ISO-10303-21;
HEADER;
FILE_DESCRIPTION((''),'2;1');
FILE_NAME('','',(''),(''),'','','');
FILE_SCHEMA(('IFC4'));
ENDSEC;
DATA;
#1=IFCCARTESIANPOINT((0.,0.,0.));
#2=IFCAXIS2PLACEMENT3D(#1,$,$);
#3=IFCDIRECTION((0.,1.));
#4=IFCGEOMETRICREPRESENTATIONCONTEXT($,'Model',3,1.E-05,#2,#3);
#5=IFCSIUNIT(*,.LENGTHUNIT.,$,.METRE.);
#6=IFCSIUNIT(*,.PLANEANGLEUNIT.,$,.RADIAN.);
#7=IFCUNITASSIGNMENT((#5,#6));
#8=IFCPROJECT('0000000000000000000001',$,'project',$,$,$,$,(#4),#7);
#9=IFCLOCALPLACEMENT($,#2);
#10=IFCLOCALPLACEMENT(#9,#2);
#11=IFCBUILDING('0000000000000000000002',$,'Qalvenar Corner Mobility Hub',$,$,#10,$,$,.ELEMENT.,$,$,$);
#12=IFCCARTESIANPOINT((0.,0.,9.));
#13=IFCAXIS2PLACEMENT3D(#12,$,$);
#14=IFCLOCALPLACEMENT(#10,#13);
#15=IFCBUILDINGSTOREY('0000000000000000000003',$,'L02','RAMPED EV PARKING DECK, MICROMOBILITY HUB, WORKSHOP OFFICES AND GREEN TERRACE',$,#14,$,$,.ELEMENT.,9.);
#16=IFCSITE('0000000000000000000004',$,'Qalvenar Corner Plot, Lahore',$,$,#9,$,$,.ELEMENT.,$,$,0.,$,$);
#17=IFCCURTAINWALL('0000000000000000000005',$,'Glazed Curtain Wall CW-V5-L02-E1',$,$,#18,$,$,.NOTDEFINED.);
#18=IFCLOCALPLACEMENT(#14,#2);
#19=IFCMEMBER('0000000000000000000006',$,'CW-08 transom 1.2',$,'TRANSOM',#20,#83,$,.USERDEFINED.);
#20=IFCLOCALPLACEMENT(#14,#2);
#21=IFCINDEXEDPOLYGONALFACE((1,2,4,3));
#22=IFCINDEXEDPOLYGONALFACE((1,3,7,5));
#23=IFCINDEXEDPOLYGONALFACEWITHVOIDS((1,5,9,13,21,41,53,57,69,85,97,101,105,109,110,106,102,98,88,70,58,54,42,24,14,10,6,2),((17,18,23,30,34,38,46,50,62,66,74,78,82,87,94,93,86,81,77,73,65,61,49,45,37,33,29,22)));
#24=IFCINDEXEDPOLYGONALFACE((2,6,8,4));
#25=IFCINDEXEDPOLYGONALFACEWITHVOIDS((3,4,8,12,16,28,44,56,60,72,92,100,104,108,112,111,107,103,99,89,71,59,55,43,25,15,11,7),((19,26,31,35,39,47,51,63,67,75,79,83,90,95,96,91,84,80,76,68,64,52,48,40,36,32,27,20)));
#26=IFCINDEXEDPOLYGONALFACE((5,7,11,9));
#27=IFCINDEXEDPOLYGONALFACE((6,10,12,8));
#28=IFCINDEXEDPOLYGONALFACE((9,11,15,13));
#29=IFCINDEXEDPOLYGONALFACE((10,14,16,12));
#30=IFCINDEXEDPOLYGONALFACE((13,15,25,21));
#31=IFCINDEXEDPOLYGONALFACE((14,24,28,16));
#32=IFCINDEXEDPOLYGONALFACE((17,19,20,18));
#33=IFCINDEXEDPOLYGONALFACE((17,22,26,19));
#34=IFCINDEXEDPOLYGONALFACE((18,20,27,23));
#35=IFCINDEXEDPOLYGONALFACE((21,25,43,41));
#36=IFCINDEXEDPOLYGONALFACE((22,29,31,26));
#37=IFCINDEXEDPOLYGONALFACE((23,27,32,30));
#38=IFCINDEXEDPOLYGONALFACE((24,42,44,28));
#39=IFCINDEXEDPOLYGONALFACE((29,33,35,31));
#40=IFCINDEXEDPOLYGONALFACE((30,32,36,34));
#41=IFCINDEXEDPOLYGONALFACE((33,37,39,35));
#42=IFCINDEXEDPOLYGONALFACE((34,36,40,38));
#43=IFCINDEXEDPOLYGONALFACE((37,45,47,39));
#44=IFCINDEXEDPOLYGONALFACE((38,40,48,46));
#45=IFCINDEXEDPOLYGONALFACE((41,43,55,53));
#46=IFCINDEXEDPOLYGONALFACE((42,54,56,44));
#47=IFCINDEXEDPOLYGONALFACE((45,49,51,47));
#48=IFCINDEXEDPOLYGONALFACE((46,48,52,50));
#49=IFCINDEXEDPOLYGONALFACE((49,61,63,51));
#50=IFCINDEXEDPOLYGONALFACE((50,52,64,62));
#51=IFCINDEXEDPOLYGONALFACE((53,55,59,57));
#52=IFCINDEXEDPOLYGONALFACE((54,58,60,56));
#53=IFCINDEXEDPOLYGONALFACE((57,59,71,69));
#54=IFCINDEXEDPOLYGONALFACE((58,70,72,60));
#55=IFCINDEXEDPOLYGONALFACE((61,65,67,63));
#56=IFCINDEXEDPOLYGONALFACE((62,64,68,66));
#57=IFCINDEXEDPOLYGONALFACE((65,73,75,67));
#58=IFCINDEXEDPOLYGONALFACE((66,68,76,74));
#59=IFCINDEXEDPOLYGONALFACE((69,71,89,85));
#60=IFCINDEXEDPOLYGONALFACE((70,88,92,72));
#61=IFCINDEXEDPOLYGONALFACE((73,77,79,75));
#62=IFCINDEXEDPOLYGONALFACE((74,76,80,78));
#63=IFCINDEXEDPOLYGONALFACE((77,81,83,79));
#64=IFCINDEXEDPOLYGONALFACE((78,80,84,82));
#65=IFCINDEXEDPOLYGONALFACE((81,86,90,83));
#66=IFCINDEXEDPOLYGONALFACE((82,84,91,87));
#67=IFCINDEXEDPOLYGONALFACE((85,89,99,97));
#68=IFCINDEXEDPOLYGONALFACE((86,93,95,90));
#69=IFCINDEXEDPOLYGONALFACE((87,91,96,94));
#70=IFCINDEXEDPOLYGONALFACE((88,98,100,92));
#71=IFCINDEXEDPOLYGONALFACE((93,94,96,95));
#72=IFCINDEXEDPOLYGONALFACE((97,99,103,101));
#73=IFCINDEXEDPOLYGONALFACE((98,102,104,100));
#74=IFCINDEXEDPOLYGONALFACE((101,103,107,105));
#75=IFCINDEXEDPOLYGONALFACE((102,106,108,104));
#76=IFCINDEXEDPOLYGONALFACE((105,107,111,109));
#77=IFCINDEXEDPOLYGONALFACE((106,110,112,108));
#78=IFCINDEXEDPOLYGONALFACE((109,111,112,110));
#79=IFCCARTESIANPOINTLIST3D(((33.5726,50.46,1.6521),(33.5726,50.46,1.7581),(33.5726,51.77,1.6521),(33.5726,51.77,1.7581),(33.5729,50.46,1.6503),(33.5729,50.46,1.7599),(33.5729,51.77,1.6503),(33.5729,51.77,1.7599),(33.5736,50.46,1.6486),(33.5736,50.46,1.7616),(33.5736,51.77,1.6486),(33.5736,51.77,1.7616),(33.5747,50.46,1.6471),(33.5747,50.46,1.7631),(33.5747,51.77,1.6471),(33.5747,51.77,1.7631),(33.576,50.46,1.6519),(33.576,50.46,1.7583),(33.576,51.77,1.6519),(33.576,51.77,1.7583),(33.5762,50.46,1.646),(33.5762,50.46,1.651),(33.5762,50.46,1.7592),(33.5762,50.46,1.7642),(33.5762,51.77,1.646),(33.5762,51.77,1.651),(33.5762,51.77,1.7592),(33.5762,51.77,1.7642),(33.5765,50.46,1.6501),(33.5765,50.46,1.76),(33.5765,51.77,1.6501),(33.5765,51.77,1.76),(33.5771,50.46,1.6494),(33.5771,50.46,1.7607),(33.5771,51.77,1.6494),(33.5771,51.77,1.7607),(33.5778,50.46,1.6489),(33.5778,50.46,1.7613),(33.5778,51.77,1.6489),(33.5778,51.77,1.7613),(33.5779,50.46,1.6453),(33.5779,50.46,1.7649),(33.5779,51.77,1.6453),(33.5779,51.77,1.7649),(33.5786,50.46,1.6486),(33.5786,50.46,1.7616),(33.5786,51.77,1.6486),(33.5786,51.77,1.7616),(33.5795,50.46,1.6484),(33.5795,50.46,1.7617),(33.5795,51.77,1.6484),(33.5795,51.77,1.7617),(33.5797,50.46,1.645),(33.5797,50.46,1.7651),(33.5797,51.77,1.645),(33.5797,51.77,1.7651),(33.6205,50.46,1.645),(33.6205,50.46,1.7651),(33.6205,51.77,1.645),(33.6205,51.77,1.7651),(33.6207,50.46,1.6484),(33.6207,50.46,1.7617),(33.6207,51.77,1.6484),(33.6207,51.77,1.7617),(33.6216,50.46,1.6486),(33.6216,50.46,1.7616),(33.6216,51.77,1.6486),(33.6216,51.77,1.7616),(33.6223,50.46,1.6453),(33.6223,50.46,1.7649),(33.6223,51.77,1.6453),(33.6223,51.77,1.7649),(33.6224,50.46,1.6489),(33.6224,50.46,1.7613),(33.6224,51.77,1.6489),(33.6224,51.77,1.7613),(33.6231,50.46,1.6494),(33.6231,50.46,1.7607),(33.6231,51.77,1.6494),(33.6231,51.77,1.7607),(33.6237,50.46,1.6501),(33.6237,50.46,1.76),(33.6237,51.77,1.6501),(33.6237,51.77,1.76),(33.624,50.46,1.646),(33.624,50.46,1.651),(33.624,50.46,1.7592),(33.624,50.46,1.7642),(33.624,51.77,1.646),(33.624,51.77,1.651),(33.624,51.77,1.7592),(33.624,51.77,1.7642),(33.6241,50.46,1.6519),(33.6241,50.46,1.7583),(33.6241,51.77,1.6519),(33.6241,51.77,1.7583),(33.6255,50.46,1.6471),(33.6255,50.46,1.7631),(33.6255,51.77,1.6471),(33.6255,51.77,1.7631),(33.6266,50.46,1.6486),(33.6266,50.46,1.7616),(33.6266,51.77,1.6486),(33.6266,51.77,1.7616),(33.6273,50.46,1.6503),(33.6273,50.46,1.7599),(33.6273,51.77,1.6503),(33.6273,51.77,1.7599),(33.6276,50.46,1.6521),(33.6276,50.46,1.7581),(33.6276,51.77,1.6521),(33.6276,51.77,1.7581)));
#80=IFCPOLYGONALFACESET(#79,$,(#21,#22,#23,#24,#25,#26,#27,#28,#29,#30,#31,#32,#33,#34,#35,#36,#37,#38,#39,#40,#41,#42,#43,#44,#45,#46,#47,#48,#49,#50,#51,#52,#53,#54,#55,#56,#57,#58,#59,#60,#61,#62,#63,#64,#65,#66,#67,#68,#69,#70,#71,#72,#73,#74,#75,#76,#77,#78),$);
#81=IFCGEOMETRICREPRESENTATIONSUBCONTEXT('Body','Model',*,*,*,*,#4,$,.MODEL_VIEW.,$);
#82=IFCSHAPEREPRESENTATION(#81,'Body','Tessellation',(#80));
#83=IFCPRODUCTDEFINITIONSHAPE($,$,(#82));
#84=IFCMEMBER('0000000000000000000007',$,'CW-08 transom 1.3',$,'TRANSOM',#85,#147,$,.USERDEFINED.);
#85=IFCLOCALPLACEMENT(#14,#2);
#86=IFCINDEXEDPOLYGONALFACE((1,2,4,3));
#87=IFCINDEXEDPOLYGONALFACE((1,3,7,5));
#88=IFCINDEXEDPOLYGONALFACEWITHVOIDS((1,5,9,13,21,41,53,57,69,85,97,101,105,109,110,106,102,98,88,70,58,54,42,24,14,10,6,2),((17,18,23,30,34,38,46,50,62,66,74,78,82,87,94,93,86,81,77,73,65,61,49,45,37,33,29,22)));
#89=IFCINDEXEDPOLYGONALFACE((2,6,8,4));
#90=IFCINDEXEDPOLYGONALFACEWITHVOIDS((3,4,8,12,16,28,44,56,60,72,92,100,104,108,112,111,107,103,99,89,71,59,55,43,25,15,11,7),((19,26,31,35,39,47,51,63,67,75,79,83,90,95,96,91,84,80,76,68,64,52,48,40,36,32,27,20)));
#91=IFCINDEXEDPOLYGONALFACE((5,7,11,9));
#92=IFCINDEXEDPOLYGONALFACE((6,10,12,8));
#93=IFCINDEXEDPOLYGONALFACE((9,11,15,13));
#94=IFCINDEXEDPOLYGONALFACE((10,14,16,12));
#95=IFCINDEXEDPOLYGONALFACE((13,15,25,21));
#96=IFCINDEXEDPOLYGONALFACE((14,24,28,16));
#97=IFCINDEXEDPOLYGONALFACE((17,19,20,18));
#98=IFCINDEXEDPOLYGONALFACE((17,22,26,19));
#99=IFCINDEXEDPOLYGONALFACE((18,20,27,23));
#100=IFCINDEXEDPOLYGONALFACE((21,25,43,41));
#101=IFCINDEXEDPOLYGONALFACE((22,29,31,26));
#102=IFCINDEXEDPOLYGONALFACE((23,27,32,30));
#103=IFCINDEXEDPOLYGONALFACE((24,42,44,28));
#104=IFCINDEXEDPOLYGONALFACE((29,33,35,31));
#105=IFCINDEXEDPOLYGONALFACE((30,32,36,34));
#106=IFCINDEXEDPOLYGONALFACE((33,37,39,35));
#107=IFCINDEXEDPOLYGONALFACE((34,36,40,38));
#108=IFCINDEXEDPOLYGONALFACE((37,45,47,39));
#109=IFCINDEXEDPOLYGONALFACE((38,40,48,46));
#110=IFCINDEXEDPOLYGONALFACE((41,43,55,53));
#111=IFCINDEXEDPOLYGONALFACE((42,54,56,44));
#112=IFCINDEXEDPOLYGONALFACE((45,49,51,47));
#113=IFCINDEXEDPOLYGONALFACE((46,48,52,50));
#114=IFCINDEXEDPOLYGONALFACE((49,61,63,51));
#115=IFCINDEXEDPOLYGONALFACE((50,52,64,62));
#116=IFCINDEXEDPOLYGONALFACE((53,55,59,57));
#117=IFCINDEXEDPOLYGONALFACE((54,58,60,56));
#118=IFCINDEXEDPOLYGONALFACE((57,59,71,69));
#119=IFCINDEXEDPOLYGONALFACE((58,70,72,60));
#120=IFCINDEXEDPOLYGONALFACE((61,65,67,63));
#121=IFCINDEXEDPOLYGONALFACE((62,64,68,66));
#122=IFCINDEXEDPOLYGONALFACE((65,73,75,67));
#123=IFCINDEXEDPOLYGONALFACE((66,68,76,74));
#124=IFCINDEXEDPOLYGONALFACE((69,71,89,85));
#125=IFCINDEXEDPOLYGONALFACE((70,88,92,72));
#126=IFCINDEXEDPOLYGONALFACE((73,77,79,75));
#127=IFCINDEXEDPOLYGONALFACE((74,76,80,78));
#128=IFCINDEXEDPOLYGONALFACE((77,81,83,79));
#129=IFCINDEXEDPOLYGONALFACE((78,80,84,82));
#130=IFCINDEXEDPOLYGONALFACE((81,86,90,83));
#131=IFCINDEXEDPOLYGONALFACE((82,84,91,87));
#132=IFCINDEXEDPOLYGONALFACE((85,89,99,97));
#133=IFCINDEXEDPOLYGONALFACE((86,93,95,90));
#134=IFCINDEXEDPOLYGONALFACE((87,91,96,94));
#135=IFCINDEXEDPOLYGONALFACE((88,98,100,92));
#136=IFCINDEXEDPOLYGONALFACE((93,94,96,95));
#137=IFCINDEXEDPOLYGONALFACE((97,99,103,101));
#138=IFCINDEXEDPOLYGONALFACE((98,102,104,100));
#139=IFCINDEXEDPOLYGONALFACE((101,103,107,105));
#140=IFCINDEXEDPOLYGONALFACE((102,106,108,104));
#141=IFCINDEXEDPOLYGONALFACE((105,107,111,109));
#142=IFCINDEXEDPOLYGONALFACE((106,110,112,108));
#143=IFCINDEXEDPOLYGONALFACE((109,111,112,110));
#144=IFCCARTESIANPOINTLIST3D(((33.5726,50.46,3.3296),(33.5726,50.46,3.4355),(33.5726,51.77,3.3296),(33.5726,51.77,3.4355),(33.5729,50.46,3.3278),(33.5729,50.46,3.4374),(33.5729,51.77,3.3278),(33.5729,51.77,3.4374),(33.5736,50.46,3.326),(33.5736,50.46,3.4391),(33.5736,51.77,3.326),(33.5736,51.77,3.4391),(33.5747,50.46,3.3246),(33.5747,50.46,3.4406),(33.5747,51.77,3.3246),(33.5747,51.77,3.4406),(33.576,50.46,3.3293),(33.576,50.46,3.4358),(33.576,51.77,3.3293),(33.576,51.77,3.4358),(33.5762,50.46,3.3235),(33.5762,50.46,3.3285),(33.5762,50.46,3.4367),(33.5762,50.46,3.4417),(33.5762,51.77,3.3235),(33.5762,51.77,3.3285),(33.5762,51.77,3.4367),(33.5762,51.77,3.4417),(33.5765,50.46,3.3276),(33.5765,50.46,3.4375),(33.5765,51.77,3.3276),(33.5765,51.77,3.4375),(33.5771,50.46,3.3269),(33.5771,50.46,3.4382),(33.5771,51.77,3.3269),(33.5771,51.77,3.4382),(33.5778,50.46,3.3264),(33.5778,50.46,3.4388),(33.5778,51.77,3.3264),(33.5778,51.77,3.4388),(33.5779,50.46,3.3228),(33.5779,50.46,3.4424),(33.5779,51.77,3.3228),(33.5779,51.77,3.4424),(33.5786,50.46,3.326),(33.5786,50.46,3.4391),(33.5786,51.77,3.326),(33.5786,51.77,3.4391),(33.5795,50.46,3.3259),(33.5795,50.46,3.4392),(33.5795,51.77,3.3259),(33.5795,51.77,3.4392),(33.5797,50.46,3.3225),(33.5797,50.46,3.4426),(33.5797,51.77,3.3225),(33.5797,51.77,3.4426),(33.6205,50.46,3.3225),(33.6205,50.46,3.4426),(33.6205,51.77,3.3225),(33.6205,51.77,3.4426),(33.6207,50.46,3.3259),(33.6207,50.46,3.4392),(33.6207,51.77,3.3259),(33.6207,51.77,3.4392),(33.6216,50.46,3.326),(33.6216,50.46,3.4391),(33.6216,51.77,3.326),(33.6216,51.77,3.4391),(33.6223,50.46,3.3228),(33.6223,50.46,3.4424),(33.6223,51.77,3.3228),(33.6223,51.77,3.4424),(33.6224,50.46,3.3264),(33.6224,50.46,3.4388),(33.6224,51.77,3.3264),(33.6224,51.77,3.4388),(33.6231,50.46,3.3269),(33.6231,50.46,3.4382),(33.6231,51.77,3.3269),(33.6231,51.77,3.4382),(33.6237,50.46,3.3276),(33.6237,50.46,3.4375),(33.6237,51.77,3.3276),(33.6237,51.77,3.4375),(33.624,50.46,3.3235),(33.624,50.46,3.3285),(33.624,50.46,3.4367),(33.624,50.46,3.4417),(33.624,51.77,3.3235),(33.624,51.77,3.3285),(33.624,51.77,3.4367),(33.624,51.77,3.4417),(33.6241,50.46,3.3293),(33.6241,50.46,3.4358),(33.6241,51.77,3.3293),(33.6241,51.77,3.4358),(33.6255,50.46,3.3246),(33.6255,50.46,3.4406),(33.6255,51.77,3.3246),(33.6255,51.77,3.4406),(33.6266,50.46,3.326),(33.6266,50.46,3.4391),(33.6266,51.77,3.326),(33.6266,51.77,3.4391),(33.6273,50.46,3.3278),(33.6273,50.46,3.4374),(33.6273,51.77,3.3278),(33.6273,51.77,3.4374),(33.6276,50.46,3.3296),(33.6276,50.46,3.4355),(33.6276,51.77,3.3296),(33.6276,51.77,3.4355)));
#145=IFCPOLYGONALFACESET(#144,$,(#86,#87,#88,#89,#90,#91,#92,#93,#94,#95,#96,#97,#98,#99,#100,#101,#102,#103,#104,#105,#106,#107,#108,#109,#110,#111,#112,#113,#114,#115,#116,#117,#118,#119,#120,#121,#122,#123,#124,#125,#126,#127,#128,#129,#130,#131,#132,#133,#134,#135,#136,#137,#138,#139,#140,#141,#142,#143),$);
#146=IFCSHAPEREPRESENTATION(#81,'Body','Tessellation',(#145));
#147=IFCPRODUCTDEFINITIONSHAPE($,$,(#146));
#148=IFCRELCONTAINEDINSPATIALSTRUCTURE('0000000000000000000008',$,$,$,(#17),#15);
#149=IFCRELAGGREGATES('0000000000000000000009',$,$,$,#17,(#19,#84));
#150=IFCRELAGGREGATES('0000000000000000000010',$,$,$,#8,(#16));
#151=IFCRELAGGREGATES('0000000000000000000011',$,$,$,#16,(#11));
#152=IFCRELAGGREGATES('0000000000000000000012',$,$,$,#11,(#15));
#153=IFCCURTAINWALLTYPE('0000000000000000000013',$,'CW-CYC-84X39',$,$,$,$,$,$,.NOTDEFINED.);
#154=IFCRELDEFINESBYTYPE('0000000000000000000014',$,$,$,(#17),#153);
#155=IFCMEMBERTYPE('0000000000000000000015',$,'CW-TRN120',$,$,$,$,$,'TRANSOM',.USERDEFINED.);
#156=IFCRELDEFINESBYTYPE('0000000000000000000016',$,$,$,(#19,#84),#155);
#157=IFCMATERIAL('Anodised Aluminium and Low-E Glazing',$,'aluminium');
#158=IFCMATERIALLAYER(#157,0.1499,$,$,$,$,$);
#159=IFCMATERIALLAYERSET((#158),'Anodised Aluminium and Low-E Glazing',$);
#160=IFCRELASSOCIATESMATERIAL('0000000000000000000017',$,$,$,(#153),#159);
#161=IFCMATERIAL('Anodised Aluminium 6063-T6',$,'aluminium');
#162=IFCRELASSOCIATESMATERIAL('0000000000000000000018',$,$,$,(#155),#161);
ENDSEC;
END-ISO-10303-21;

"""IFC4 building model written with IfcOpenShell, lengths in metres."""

from ifc_helpers import new_model, si_unit, direction, frame, origin, origin_2d, place, context, subcontext, project, spatial, hollow_rectangle, extrude, material, layer, layer_set, material_profile, profile_set, type_object, element, aggregate, save


model = new_model("IFC4")

# Units and contexts
model_context = context("Model", 3, precision=1e-05, world=origin(), true_north=direction((0.0, 1.0)))
body_context = subcontext(model_context, "Body", "Model", "MODEL_VIEW")
ifc_project = project(units=[si_unit("LENGTHUNIT", "METRE"), si_unit("PLANEANGLEUNIT", "RADIAN")], contexts=[model_context])

# Site, building, storey
site_placement = place(None, origin())
site = spatial("IfcSite", under=ifc_project, at=site_placement, Name="Qalvenar Corner Plot, Lahore", CompositionType="ELEMENT", RefElevation=0.0)
building_placement = place(site_placement, origin())
building = spatial("IfcBuilding", under=site, at=building_placement, Name="Qalvenar Corner Mobility Hub", CompositionType="ELEMENT")
storey_placement = place(building_placement, frame((0.0, 0.0, 9.0)))
storey = spatial("IfcBuildingStorey", under=building, at=storey_placement, Name="L02", Description="RAMPED EV PARKING DECK, MICROMOBILITY HUB, WORKSHOP OFFICES AND GREEN TERRACE", CompositionType="ELEMENT", Elevation=9.0)

# Curtain wall, members
ifc_material_1 = material(Name="Anodised Aluminium and Low-E Glazing", Category="aluminium")
ifc_layer_1 = layer(ifc_material_1, 0.1499)
ifc_layer_set_1 = layer_set([ifc_layer_1], Name="Anodised Aluminium and Low-E Glazing")
curtain_wall_type = type_object("IfcCurtainWallType", Name="CW-CYC-84X39", PredefinedType="NOTDEFINED", material=ifc_layer_set_1)
curtain_wall_placement = place(storey_placement, origin())
curtain_wall = element("IfcCurtainWall", 1, at=curtain_wall_placement, inside=storey, type_object=curtain_wall_type, Name="Glazed Curtain Wall CW-V5-L02-E1", PredefinedType="NOTDEFINED")
ifc_material_2 = material(Name="Anodised Aluminium 6063-T6", Category="aluminium")
ifc_material_profile_1 = material_profile(ifc_material_2, hollow_rectangle(XDim=0.0549, YDim=0.1201, WallThickness=0.0034, InnerFilletRadius=0.0034, OuterFilletRadius=0.0071, at=origin_2d()), Name="RHS120x55x3.5")
ifc_profile_set_1 = profile_set([ifc_material_profile_1], Name="Anodised Aluminium 6063-T6")
member_type_1 = type_object("IfcMemberType", Name="CW-TRN120", ElementType="TRANSOM", PredefinedType="USERDEFINED", material=ifc_profile_set_1)
member_1_placement = place(storey_placement, frame((33.6001, 50.46, 1.7051), z_axis=(0.0, 1.0, 0.0), x_axis=(-1.0, 0.0, 0.0)))
member_1 = element("IfcMember", 2, at=member_1_placement, type_object=member_type_1, Name="CW-08 transom 1.2", ObjectType="TRANSOM", PredefinedType="USERDEFINED", context=body_context, shape_type="SweptSolid", body=[
    extrude(hollow_rectangle(XDim=0.0549, YDim=0.1201, WallThickness=0.0034, InnerFilletRadius=0.0034, OuterFilletRadius=0.0071, at=origin_2d()), origin(), (0.0, 0.0, 1.0), 1.3101),
])
member_2_placement = place(storey_placement, frame((33.6001, 50.46, 3.3826), z_axis=(0.0, 1.0, 0.0), x_axis=(-1.0, 0.0, 0.0)))
member_2 = element("IfcMember", 3, at=member_2_placement, type_object=member_type_1, Name="CW-08 transom 1.3", ObjectType="TRANSOM", PredefinedType="USERDEFINED", context=body_context, shape_type="SweptSolid", body=[
    extrude(hollow_rectangle(XDim=0.0549, YDim=0.1201, WallThickness=0.0034, InnerFilletRadius=0.0034, OuterFilletRadius=0.0071, at=origin_2d()), origin(), (0.0, 0.0, 1.0), 1.3101),
])

aggregate(curtain_wall, [member_1, member_2])

save(model, "model.ifc")
